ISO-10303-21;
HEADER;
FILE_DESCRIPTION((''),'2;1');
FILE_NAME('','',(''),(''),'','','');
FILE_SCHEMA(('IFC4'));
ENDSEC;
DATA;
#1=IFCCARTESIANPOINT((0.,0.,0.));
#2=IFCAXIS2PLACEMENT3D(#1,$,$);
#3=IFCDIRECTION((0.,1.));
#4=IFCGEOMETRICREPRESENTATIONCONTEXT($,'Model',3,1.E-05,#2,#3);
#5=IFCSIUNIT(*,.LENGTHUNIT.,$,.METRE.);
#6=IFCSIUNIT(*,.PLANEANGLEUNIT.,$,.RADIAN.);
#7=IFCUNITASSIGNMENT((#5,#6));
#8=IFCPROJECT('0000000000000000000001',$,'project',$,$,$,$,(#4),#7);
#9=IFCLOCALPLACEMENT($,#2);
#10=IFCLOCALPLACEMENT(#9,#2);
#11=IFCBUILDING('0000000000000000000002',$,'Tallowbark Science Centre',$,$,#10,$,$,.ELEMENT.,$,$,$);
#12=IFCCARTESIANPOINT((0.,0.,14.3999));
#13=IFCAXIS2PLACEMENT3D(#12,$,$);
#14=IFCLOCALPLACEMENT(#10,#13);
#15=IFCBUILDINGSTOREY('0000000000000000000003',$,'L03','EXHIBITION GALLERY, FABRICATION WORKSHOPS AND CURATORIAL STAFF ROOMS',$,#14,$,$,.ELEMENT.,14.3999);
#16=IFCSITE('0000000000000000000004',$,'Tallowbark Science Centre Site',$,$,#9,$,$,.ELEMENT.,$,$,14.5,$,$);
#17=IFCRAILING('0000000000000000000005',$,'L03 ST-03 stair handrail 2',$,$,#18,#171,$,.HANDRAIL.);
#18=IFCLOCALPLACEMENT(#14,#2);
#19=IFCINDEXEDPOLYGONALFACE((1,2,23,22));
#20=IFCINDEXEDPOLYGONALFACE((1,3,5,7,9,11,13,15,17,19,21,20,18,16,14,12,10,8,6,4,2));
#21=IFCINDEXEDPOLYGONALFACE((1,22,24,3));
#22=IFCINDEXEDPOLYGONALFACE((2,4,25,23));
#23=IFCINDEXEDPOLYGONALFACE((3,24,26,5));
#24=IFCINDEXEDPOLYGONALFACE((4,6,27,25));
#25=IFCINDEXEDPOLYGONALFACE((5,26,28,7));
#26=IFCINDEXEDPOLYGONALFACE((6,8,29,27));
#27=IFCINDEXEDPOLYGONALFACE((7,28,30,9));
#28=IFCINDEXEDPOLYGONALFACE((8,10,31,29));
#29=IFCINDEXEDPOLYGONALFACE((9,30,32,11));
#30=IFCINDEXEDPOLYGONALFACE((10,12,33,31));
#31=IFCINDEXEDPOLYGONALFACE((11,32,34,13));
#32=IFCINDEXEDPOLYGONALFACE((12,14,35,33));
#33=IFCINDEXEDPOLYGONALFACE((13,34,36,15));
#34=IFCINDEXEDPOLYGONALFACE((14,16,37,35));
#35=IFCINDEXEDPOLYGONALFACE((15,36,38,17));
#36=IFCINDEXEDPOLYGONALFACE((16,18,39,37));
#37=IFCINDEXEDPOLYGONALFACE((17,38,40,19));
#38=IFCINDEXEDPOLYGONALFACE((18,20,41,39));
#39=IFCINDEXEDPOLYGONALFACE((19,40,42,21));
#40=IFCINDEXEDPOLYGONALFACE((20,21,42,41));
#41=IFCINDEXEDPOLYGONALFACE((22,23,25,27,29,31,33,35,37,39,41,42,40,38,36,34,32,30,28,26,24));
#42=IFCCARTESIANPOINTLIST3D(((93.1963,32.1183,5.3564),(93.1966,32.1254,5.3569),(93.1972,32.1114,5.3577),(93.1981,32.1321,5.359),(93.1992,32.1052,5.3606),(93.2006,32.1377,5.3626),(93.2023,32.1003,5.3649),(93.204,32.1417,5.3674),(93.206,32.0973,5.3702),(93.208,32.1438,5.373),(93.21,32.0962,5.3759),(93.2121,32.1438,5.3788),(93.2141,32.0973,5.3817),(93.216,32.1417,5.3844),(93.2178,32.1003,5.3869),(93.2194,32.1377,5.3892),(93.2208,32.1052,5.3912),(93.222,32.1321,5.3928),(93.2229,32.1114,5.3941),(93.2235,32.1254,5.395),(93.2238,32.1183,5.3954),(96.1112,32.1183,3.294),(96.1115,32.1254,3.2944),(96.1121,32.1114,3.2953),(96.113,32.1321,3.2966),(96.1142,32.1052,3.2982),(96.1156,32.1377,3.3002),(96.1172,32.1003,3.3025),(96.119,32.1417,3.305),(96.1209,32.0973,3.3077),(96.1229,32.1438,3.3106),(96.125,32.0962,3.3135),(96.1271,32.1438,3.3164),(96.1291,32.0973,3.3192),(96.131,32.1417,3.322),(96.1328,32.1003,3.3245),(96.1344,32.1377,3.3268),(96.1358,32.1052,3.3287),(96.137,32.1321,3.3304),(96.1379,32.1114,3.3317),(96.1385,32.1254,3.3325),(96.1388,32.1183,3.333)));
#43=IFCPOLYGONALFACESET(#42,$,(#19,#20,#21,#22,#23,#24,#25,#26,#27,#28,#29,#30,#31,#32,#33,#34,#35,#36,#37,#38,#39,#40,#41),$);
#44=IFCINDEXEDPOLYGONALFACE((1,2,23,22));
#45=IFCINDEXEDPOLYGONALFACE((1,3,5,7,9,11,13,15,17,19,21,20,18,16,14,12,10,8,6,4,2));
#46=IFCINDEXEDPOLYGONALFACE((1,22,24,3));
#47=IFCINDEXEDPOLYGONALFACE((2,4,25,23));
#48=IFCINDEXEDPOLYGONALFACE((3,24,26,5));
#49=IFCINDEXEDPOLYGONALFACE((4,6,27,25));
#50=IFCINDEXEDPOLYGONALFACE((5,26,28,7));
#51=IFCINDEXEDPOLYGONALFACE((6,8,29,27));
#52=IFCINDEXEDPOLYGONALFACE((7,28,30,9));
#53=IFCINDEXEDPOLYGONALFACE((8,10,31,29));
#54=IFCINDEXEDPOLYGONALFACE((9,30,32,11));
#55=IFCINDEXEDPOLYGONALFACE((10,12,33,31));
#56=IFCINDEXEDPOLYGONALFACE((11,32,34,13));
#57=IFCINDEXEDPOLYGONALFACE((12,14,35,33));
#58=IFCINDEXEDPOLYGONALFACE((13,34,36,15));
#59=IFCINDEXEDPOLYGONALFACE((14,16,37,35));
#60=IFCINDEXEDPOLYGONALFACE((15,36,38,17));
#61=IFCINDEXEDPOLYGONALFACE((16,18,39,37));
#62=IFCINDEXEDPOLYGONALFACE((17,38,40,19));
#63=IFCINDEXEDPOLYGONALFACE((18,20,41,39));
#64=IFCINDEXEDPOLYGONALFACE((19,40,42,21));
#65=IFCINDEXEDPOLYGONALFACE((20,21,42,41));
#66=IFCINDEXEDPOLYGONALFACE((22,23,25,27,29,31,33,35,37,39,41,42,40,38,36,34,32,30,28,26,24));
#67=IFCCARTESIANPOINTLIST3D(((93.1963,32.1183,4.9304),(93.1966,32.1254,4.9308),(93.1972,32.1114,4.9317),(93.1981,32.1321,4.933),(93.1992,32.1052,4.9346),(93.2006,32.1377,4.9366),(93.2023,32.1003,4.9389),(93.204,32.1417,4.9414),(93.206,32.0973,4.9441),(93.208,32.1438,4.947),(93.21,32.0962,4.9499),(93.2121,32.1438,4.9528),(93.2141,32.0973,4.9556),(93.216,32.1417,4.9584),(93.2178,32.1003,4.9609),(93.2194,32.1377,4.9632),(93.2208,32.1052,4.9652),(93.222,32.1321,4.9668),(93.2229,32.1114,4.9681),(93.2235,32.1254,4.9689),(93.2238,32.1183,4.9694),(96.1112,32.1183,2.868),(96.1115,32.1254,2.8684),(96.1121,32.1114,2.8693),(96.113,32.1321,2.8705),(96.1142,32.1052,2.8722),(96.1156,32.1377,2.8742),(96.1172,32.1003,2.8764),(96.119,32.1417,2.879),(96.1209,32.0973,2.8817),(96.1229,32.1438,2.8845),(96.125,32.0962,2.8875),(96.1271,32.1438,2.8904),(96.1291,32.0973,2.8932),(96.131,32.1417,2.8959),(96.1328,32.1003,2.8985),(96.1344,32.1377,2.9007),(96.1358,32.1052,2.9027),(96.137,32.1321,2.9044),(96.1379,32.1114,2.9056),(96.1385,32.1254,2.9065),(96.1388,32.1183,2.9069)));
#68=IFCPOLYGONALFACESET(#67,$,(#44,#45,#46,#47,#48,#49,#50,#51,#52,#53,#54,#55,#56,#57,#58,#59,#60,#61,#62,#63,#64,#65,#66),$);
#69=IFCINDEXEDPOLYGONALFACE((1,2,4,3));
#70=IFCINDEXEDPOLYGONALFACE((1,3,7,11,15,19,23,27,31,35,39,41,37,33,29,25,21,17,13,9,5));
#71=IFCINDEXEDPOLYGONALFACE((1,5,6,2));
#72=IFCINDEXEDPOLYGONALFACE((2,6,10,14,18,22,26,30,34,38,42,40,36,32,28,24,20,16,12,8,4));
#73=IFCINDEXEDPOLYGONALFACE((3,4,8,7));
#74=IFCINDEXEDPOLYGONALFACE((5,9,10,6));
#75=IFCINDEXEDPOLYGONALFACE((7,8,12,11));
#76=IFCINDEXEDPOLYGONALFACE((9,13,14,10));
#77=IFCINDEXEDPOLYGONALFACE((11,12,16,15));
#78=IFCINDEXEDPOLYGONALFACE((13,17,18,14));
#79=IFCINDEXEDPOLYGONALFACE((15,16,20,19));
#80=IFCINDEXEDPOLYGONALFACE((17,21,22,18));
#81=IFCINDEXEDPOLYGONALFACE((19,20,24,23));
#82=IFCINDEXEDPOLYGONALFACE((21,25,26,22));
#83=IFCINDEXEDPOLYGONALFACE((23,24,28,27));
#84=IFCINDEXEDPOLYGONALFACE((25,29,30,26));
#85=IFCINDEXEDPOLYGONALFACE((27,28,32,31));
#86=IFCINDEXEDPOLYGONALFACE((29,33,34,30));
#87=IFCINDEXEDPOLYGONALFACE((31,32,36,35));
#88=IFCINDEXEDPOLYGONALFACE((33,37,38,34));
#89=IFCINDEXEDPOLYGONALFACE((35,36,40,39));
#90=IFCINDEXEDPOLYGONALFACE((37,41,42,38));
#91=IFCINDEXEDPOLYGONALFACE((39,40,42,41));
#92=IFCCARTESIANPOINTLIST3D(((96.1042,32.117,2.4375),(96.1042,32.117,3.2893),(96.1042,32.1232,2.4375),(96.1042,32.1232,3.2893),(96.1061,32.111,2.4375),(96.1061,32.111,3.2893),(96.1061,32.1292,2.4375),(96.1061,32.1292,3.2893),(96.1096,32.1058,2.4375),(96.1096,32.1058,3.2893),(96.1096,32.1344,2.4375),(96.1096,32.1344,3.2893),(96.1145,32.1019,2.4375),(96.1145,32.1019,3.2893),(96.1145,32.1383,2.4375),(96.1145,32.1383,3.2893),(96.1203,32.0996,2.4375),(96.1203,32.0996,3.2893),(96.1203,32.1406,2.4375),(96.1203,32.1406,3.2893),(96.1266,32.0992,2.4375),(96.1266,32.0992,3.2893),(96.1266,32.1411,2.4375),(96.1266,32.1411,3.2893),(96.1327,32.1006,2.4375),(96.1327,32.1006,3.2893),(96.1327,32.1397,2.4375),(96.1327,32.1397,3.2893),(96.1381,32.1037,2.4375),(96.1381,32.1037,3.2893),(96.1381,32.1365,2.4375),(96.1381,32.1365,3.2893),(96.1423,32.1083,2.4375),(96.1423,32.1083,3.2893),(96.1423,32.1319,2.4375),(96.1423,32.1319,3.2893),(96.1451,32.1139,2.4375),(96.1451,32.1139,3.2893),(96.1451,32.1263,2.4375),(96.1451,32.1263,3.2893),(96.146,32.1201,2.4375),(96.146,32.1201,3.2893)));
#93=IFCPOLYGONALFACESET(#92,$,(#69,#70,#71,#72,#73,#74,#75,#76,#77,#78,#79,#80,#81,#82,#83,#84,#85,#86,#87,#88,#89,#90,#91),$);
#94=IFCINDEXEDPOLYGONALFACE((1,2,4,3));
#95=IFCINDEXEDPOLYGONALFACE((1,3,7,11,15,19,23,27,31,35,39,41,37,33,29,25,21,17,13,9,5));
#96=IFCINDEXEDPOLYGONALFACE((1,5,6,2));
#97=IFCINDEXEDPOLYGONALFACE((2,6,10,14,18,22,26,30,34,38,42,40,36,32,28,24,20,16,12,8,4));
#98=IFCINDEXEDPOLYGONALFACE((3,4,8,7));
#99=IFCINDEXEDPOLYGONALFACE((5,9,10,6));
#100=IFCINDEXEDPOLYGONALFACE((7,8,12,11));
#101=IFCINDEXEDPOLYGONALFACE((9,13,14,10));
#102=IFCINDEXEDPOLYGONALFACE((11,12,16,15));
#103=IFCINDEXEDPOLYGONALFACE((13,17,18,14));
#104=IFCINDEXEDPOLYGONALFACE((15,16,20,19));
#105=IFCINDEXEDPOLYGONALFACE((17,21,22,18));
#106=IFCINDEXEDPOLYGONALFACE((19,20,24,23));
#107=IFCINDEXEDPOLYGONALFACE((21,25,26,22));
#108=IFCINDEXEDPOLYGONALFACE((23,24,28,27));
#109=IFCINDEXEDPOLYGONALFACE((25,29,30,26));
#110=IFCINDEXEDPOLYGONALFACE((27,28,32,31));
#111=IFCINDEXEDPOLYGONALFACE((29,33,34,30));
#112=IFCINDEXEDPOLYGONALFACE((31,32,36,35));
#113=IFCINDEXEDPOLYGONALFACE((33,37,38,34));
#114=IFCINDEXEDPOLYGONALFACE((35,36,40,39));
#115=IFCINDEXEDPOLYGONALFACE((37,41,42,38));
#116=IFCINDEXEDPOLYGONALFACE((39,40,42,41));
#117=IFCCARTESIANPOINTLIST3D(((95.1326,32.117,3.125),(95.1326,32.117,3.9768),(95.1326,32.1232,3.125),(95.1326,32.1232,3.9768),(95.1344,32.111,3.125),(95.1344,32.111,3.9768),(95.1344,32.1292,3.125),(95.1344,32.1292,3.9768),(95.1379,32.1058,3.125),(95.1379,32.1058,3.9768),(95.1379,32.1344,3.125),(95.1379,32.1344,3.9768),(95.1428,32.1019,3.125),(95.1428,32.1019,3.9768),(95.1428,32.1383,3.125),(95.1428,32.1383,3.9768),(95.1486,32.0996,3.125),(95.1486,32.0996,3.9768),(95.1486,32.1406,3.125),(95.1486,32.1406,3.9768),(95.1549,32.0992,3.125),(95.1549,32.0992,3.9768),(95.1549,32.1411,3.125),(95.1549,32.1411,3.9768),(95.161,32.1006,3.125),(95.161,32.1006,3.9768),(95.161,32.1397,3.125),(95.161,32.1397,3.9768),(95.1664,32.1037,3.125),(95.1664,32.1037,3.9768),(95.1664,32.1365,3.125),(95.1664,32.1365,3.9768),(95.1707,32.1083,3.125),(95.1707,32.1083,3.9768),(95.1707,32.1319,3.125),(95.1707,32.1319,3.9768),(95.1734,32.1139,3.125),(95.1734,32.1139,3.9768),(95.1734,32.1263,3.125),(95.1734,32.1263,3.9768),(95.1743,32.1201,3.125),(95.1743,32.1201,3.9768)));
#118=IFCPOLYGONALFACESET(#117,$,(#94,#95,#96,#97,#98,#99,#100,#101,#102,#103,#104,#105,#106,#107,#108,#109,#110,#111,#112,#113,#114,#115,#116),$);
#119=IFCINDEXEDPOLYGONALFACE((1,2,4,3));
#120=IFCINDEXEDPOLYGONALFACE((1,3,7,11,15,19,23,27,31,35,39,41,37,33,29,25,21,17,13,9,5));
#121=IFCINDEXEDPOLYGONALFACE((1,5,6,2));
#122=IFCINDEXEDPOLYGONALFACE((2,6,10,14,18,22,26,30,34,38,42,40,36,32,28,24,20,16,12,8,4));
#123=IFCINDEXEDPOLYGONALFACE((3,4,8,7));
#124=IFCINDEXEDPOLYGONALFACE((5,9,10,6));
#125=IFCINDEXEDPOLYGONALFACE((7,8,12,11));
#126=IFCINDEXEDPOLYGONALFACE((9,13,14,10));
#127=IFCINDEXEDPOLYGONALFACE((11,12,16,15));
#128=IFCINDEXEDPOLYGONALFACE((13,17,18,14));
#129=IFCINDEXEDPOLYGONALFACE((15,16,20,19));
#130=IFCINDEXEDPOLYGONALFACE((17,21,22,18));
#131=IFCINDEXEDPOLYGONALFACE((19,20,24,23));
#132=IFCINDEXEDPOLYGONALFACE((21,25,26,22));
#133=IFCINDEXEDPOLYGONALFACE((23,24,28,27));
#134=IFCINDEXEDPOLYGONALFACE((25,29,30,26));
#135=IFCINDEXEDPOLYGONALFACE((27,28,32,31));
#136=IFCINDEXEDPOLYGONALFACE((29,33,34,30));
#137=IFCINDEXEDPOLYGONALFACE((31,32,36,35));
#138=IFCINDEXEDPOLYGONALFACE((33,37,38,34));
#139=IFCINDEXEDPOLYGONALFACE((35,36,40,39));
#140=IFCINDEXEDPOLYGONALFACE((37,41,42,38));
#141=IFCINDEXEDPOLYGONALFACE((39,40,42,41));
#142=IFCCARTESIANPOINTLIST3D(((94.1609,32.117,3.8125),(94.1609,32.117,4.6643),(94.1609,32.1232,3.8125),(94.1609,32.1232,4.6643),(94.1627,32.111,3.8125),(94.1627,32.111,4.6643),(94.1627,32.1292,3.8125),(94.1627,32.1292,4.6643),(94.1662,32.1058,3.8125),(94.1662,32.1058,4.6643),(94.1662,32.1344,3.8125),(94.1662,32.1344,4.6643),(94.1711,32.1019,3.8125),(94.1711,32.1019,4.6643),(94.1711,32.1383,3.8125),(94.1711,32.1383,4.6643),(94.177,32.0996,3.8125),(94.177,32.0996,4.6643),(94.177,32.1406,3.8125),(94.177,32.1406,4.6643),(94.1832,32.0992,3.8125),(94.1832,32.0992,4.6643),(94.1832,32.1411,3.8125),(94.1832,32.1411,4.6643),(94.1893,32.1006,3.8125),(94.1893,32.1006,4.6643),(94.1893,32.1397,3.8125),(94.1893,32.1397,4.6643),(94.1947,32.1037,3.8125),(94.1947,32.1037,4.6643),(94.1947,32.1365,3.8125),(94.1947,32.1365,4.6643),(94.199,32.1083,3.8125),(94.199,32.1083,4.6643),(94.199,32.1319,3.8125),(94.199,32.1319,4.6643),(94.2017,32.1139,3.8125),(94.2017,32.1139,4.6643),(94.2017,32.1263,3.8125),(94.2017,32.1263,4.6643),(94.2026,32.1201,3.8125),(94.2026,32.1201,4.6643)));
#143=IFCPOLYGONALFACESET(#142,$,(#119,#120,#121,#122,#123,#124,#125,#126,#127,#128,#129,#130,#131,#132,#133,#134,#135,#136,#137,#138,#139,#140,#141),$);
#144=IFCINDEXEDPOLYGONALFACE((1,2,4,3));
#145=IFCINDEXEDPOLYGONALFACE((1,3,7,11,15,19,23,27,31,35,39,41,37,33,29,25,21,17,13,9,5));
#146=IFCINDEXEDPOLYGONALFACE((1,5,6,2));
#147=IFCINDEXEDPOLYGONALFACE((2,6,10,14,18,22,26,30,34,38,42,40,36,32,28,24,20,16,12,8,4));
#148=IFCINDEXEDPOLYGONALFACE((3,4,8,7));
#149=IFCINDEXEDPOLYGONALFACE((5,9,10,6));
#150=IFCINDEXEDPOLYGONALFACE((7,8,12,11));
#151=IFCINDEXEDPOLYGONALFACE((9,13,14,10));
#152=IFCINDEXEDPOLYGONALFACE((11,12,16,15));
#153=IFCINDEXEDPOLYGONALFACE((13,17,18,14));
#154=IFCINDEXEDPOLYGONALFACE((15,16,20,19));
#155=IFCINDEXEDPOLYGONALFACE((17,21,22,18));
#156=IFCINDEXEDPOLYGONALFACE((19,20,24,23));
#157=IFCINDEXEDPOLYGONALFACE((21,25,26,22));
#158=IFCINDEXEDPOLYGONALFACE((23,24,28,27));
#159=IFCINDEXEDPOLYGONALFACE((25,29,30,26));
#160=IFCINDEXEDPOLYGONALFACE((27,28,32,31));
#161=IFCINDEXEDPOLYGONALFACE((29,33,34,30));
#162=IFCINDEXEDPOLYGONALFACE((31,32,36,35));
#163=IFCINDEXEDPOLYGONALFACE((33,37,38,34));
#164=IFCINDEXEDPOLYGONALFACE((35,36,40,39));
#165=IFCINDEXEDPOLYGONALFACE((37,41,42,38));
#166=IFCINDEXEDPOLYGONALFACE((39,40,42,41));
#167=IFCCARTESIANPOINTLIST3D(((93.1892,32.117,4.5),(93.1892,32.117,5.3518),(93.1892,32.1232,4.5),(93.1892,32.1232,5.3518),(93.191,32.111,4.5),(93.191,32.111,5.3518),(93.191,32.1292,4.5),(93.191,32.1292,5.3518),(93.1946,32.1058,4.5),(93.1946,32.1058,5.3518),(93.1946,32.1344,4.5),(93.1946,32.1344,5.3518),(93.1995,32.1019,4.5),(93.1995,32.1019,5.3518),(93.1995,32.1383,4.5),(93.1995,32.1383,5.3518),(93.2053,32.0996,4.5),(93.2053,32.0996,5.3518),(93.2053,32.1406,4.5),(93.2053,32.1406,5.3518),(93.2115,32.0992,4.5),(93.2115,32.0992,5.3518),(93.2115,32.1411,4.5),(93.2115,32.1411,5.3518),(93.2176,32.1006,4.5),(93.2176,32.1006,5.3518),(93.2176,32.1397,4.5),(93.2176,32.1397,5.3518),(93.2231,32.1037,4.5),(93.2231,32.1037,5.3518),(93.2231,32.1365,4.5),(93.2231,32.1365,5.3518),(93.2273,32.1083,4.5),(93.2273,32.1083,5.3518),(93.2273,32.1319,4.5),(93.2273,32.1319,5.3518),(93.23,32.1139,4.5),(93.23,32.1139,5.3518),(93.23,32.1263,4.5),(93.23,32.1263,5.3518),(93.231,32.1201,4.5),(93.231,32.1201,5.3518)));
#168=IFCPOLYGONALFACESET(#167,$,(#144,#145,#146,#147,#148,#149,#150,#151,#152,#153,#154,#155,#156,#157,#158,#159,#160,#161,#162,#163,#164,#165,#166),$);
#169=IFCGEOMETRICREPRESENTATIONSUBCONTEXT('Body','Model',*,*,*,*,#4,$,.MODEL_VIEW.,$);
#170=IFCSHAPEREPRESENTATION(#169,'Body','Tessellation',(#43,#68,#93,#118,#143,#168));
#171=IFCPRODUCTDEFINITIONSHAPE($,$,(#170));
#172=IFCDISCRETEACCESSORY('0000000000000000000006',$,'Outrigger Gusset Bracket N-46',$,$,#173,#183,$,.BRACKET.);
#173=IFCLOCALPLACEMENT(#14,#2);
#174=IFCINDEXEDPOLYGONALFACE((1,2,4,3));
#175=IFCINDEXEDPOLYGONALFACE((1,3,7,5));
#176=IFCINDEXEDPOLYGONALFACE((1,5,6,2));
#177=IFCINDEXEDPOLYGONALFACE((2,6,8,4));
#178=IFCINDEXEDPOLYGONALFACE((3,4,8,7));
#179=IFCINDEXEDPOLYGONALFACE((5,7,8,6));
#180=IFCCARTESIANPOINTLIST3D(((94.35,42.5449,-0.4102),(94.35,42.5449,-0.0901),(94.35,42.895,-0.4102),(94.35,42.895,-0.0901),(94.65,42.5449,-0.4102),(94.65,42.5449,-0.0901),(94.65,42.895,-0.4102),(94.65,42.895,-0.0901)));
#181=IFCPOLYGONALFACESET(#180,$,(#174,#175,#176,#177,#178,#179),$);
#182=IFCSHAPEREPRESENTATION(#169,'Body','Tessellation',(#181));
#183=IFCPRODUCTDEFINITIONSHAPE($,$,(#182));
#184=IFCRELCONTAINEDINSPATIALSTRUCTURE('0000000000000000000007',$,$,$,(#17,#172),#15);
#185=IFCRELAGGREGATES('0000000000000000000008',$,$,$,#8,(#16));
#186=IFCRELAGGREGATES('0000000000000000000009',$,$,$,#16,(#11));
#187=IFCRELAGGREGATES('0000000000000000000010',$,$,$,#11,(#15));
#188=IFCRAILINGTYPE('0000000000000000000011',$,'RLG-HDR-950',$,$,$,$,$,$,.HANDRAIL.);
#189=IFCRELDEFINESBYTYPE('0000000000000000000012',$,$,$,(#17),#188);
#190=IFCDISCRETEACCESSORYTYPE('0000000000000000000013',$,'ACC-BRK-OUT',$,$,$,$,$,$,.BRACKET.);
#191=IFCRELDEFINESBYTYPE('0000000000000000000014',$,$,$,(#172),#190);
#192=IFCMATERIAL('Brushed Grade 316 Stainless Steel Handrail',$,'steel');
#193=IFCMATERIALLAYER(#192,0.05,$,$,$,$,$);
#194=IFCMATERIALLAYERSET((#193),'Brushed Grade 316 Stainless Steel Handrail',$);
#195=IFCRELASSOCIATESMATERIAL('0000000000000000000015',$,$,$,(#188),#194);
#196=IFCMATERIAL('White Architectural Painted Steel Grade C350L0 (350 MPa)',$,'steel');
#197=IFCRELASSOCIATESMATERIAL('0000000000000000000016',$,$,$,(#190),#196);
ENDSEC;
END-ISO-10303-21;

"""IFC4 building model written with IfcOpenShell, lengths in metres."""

from ifc_helpers import new_model, si_unit, direction, frame, origin, origin_2d, place, context, subcontext, project, spatial, rectangle, circle, extrude, material, layer, layer_set, type_object, element, save


model = new_model("IFC4")

# Units and contexts
model_context = context("Model", 3, precision=1e-05, world=origin(), true_north=direction((0.0, 1.0)))
body_context = subcontext(model_context, "Body", "Model", "MODEL_VIEW")
ifc_project = project(units=[si_unit("LENGTHUNIT", "METRE"), si_unit("PLANEANGLEUNIT", "RADIAN")], contexts=[model_context])

# Site, building, storey
site_placement = place(None, origin())
site = spatial("IfcSite", under=ifc_project, at=site_placement, Name="Tallowbark Science Centre Site", CompositionType="ELEMENT", RefElevation=14.5)
building_placement = place(site_placement, origin())
building = spatial("IfcBuilding", under=site, at=building_placement, Name="Tallowbark Science Centre", CompositionType="ELEMENT")
storey_placement = place(building_placement, frame((0.0, 0.0, 14.3999)))
storey = spatial("IfcBuildingStorey", under=building, at=storey_placement, Name="L03", Description="EXHIBITION GALLERY, FABRICATION WORKSHOPS AND CURATORIAL STAFF ROOMS", CompositionType="ELEMENT", Elevation=14.3999)

# Shared definitions
ifc_material_1 = material(Name="White Architectural Painted Steel Grade C350L0 (350 MPa)", Category="steel")

# Railing
ifc_material_2 = material(Name="Brushed Grade 316 Stainless Steel Handrail", Category="steel")
ifc_layer_1 = layer(ifc_material_2, 0.05)
ifc_layer_set_1 = layer_set([ifc_layer_1], Name="Brushed Grade 316 Stainless Steel Handrail")
railing_type_1 = type_object("IfcRailingType", Name="RLG-HDR-950", PredefinedType="HANDRAIL", material=ifc_layer_set_1)
railing_1_placement = place(storey_placement, frame((96.125, 32.1201, 2.4375)))
element("IfcRailing", 1, at=railing_1_placement, inside=storey, type_object=railing_type_1, Name="L03 ST-03 stair handrail 2", PredefinedType="HANDRAIL", context=body_context, shape_type="SweptSolid", body=[
    extrude(circle(Radius=0.0239, at=origin_2d()), frame((0.0, 0.0, 0.876), z_axis=(-0.816331, 0.0, 0.577585), x_axis=(0.0, -1.0, 0.0)), (0.0, 0.0, 1.0), 3.5708),
    extrude(circle(Radius=0.0239, at=origin_2d()), frame((0.0, 0.0, 0.45), z_axis=(-0.816331, 0.0, 0.577585), x_axis=(0.0, -1.0, 0.0)), (0.0, 0.0, 1.0), 3.5708),
    extrude(circle(Radius=0.021, at=origin_2d()), origin(), (0.0, 0.0, 1.0), 0.8518),
    extrude(circle(Radius=0.021, at=origin_2d()), frame((-0.9717, 0.0, 0.6875)), (0.0, 0.0, 1.0), 0.8518),
    extrude(circle(Radius=0.021, at=origin_2d()), frame((-1.9434, 0.0, 1.375)), (0.0, 0.0, 1.0), 0.8518),
    extrude(circle(Radius=0.021, at=origin_2d()), frame((-2.915, 0.0, 2.0625)), (0.0, 0.0, 1.0), 0.8518),
])

# Discrete accessory
discrete_accessory_type = type_object("IfcDiscreteAccessoryType", Name="ACC-BRK-OUT", PredefinedType="BRACKET", material=ifc_material_1)
discrete_accessory_placement = place(storey_placement, frame((94.5, 42.72, -0.4102), z_axis=(0.0, 0.0, 1.0), x_axis=(1.0, 0.0, 0.0)))
element("IfcDiscreteAccessory", 2, at=discrete_accessory_placement, inside=storey, type_object=discrete_accessory_type, Name="Outrigger Gusset Bracket N-46", PredefinedType="BRACKET", context=body_context, shape_type="SweptSolid", body=[
    extrude(rectangle(XDim=0.3, YDim=0.3501, at=origin_2d()), origin(), (0.0, 0.0, 1.0), 0.3201),
])

save(model, "model.ifc")
